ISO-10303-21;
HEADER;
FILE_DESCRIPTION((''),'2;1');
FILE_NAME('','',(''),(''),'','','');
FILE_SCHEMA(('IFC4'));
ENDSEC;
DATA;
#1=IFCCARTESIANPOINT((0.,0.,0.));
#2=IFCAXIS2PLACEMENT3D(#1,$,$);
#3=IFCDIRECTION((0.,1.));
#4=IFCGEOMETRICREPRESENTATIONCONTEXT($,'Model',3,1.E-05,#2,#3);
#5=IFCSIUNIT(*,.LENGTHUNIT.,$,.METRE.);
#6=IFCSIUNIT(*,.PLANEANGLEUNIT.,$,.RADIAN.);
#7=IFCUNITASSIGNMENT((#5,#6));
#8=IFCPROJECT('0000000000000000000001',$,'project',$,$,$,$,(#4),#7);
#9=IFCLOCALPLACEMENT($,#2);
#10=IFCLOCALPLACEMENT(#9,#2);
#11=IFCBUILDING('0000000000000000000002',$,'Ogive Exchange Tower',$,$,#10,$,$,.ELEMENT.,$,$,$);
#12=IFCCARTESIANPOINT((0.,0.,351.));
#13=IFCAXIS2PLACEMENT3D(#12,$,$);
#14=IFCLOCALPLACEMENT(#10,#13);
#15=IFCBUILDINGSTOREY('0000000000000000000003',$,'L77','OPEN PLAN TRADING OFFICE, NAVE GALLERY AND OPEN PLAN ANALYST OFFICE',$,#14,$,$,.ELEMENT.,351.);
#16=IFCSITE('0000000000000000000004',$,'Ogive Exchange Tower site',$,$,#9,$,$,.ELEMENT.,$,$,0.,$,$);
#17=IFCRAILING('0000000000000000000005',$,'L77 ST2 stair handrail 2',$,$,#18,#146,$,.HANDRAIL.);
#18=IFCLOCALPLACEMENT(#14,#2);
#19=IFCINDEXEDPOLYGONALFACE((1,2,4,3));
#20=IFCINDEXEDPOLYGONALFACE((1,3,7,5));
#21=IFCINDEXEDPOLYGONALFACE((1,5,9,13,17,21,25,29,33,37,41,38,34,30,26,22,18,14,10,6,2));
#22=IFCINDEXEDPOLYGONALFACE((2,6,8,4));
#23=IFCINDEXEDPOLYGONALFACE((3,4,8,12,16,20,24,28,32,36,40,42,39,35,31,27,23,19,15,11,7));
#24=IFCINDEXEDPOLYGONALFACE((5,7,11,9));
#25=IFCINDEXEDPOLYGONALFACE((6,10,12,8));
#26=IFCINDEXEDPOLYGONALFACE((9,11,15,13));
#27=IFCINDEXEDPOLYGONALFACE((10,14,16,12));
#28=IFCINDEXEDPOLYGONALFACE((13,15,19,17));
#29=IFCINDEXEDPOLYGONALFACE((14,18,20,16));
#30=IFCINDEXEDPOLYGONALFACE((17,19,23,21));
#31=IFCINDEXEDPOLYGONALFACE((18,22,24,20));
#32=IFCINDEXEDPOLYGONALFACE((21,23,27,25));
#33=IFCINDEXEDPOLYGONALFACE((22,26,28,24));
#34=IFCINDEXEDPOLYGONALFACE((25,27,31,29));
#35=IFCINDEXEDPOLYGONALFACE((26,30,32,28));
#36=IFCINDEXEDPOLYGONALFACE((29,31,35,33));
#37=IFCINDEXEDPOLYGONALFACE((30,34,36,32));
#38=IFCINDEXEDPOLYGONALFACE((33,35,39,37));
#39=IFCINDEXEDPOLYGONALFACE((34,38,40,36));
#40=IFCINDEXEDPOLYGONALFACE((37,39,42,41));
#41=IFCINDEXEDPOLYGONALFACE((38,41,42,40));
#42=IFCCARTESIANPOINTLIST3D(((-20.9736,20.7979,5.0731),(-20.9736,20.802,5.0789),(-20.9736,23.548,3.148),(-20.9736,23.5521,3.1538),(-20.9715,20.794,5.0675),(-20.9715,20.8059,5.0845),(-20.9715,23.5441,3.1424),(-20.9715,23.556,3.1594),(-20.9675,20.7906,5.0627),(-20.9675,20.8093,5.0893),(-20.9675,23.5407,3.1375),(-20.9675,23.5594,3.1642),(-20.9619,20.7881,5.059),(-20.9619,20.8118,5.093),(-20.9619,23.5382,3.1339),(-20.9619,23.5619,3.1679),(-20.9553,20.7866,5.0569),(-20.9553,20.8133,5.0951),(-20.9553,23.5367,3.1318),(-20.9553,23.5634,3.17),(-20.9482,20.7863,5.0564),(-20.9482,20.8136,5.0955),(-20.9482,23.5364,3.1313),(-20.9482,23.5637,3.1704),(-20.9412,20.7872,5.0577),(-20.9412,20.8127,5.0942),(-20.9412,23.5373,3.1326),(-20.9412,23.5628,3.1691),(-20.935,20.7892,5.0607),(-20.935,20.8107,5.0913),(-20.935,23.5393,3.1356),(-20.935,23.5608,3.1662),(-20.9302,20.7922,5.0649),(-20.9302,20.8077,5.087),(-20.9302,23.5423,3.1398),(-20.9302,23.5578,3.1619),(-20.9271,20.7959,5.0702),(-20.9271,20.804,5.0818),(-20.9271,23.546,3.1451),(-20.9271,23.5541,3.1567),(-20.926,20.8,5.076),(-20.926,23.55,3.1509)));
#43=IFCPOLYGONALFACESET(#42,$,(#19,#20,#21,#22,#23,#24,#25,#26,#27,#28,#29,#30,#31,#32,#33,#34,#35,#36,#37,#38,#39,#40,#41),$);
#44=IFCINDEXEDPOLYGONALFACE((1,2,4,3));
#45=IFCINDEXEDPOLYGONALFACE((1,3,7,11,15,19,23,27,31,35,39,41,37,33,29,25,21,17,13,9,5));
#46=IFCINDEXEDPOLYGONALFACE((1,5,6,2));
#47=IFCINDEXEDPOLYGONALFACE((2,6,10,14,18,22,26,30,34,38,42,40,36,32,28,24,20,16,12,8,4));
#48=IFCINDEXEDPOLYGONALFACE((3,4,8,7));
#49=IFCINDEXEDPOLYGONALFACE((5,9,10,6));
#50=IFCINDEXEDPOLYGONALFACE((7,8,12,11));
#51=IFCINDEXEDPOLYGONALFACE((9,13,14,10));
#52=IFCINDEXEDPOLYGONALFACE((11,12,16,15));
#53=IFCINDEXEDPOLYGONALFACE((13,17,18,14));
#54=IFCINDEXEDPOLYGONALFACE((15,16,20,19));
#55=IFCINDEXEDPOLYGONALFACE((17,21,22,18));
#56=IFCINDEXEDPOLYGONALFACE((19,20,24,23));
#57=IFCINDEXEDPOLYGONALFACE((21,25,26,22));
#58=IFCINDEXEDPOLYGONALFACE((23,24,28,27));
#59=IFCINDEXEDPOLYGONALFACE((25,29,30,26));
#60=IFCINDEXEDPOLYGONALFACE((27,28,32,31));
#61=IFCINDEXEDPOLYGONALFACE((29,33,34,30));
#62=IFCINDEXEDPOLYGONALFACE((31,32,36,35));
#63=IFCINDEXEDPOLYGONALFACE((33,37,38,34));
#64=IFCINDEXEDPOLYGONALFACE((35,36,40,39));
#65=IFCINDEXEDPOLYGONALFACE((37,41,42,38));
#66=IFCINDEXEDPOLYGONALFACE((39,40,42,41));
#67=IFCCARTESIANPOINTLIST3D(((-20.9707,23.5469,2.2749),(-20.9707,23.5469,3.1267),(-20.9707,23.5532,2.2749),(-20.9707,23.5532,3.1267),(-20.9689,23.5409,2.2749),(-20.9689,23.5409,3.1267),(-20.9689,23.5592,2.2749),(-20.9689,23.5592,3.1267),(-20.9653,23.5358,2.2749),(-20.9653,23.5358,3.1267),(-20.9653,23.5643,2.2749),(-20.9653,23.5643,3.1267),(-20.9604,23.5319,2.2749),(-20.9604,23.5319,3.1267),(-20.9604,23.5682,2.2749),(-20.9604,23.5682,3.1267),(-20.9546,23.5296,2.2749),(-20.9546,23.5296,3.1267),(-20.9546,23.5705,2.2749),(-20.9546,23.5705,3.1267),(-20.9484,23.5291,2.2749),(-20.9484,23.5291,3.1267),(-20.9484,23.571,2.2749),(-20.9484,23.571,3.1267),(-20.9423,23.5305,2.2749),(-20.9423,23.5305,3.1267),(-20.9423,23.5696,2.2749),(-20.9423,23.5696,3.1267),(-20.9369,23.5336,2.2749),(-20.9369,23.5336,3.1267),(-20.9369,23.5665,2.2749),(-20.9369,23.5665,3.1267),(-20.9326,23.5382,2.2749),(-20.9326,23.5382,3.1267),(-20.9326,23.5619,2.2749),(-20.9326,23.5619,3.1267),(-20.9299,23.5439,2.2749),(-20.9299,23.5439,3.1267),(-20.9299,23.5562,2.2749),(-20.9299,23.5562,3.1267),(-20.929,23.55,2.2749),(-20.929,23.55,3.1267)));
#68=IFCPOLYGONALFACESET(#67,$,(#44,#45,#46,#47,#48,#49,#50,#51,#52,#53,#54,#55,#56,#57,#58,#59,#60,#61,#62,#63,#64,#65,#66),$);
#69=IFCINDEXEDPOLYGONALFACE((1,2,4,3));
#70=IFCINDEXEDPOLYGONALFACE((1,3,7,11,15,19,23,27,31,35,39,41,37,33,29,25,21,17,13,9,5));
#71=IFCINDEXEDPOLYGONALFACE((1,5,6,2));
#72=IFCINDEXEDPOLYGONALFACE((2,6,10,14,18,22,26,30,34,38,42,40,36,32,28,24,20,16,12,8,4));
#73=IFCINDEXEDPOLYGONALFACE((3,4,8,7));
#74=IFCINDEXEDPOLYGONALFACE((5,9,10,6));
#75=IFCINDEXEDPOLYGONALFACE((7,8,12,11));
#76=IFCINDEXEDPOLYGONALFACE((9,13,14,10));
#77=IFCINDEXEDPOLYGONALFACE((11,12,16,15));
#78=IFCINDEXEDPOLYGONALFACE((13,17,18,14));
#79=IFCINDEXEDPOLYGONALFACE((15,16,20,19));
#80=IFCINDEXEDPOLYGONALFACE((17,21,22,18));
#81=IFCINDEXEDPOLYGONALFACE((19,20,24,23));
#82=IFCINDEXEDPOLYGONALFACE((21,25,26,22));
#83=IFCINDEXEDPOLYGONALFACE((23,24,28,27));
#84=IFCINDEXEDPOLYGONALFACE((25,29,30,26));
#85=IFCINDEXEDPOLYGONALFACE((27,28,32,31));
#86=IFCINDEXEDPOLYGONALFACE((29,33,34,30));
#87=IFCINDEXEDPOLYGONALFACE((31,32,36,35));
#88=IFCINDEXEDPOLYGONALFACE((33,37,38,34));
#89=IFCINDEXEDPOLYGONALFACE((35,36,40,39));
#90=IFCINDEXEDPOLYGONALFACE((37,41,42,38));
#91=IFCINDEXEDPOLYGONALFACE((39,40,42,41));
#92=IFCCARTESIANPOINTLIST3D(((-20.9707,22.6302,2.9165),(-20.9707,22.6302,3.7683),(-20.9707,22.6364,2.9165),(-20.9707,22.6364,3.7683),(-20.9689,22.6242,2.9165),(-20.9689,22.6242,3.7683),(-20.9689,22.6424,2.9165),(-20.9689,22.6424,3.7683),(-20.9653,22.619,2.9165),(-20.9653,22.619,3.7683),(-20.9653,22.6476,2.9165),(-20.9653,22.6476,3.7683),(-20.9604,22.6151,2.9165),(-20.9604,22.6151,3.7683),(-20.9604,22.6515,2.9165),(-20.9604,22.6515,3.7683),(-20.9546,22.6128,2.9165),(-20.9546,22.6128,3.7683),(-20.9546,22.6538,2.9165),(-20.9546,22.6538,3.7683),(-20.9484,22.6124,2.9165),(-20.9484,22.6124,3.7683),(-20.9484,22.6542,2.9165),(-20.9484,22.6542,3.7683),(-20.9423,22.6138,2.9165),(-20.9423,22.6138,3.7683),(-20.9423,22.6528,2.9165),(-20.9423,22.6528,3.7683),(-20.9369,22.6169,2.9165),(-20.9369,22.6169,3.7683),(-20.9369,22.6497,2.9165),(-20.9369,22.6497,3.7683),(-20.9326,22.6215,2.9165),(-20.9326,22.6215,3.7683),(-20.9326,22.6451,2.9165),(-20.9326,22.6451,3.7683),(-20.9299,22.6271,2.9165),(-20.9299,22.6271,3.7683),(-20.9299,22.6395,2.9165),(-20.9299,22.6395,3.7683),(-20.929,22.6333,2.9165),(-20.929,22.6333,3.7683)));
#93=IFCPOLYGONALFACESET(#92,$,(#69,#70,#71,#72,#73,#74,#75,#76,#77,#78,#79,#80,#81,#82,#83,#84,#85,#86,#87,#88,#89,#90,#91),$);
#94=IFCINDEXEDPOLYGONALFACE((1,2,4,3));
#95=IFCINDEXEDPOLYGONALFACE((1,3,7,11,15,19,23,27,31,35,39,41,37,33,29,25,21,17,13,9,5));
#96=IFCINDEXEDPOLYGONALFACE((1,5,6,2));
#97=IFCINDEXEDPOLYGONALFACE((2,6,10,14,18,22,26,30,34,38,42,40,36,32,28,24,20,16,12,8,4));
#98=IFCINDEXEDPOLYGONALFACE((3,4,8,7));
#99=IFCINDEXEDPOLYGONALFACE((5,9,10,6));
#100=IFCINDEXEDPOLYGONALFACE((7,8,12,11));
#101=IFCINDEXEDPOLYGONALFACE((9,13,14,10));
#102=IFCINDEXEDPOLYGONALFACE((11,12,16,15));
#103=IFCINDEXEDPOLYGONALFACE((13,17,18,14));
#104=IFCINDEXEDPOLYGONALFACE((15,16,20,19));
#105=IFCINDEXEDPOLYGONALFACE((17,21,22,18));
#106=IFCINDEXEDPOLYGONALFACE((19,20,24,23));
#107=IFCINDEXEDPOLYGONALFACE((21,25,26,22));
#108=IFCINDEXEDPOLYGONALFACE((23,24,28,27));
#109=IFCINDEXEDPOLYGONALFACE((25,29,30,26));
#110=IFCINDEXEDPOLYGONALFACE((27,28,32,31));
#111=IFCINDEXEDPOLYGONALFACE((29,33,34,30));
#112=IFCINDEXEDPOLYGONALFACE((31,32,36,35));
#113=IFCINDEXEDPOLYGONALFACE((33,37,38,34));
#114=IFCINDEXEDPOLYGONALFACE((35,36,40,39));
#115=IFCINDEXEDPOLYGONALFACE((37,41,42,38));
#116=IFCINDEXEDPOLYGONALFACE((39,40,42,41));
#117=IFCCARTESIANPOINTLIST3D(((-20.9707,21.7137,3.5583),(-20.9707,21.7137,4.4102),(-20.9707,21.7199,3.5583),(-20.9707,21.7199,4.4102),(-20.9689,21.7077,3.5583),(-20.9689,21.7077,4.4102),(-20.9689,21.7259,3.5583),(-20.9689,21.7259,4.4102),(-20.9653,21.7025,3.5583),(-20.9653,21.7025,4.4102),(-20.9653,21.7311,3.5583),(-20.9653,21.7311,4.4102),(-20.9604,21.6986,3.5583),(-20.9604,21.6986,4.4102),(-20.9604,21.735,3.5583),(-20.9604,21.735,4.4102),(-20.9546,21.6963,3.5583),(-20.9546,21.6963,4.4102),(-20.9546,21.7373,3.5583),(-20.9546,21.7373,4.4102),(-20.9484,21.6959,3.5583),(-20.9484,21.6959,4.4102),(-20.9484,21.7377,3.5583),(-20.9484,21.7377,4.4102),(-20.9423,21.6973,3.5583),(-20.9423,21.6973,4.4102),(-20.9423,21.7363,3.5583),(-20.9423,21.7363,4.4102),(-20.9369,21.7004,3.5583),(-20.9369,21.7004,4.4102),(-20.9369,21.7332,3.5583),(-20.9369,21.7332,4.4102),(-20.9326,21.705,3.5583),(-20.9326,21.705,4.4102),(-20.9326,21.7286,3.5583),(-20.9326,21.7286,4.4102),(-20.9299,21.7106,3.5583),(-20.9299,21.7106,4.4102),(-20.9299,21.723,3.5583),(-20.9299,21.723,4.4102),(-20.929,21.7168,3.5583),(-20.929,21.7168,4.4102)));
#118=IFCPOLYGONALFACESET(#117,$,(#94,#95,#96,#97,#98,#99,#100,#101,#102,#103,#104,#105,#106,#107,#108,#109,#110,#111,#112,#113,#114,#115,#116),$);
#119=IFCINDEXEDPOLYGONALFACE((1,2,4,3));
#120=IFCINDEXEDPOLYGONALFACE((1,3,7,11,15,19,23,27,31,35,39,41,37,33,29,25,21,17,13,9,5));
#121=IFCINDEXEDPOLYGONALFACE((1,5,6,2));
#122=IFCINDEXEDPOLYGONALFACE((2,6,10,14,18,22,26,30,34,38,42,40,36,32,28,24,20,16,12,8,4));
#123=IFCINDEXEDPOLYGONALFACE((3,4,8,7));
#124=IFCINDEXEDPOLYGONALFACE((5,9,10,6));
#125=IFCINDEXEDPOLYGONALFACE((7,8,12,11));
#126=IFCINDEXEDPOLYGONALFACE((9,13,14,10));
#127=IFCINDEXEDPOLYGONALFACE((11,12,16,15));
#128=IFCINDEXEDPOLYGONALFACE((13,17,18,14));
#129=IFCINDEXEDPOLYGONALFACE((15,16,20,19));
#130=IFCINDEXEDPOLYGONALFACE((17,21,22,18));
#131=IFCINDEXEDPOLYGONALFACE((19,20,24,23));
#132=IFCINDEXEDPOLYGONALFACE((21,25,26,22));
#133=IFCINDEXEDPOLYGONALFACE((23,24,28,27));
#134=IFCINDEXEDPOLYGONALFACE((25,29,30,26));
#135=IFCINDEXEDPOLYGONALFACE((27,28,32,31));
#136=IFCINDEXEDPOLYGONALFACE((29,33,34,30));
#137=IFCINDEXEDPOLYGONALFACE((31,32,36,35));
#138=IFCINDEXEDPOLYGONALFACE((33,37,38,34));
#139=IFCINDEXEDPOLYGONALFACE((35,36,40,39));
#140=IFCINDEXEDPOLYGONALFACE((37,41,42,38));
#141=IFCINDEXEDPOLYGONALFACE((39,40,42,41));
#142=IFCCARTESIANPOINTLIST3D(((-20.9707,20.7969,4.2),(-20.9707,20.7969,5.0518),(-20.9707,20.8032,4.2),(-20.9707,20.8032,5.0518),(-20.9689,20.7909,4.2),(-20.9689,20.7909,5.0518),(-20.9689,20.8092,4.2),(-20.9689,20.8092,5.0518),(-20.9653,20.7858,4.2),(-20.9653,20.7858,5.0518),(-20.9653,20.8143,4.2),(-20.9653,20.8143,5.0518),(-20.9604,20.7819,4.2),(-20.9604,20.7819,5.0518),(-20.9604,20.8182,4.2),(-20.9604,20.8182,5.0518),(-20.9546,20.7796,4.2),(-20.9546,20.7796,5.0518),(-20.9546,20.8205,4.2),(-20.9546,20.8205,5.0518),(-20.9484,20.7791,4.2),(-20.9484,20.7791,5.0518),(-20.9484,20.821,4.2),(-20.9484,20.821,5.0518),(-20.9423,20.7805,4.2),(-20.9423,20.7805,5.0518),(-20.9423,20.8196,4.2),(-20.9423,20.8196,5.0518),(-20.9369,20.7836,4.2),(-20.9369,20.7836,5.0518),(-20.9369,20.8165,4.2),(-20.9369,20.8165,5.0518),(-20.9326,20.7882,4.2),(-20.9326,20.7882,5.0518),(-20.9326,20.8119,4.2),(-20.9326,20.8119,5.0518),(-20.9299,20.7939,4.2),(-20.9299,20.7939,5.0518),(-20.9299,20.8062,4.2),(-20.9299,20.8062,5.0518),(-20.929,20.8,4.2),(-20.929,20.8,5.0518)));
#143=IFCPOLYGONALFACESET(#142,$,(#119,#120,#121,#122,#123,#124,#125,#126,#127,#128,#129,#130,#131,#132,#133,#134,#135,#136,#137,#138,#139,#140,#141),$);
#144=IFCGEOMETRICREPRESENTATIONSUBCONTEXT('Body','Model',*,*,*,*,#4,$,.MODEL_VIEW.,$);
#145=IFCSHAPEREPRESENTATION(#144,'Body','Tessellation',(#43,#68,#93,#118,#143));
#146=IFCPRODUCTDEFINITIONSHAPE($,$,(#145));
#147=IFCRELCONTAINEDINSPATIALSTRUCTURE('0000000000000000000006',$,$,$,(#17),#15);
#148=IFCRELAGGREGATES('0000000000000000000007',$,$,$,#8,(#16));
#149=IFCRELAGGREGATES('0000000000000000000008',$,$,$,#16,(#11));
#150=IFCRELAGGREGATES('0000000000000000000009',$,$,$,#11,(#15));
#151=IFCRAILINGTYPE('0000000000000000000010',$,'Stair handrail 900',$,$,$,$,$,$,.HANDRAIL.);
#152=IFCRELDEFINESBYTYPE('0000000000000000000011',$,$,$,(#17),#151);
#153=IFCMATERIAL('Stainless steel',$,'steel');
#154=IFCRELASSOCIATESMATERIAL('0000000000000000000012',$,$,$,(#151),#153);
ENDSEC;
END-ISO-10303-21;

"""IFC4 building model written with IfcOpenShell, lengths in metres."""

from ifc_helpers import new_model, si_unit, direction, frame, origin, origin_2d, place, context, subcontext, project, spatial, circle, extrude, material, type_object, element, save


model = new_model("IFC4")

# Units and contexts
model_context = context("Model", 3, precision=1e-05, world=origin(), true_north=direction((0.0, 1.0)))
body_context = subcontext(model_context, "Body", "Model", "MODEL_VIEW")
ifc_project = project(units=[si_unit("LENGTHUNIT", "METRE"), si_unit("PLANEANGLEUNIT", "RADIAN")], contexts=[model_context])

# Site, building, storey
site_placement = place(None, origin())
site = spatial("IfcSite", under=ifc_project, at=site_placement, Name="Ogive Exchange Tower site", CompositionType="ELEMENT", RefElevation=0.0)
building_placement = place(site_placement, origin())
building = spatial("IfcBuilding", under=site, at=building_placement, Name="Ogive Exchange Tower", CompositionType="ELEMENT")
storey_placement = place(building_placement, frame((0.0, 0.0, 351.0)))
storey = spatial("IfcBuildingStorey", under=building, at=storey_placement, Name="L77", Description="OPEN PLAN TRADING OFFICE, NAVE GALLERY AND OPEN PLAN ANALYST OFFICE", CompositionType="ELEMENT", Elevation=351.0)

# Railing
ifc_material_1 = material(Name="Stainless steel", Category="steel")
railing_type = type_object("IfcRailingType", Name="Stair handrail 900", PredefinedType="HANDRAIL", material=ifc_material_1)
railing_1_placement = place(storey_placement, frame((-20.95, 23.55, 2.2749)))
element("IfcRailing", 1, at=railing_1_placement, inside=storey, type_object=railing_type, Name="L77 ST2 stair handrail 2", PredefinedType="HANDRAIL", context=body_context, shape_type="SweptSolid", body=[
    extrude(circle(Radius=0.0239, at=origin_2d()), frame((0.0, 0.0, 0.876), z_axis=(0.0, -0.819225, 0.573472), x_axis=(1.0, 0.0, 0.0)), (0.0, 0.0, 1.0), 3.3569),
    extrude(circle(Radius=0.021, at=origin_2d()), origin(), (0.0, 0.0, 1.0), 0.8518),
    extrude(circle(Radius=0.021, at=origin_2d()), frame((0.0, -0.9167, 0.6416)), (0.0, 0.0, 1.0), 0.8518),
    extrude(circle(Radius=0.021, at=origin_2d()), frame((0.0, -1.8333, 1.2834)), (0.0, 0.0, 1.0), 0.8518),
    extrude(circle(Radius=0.021, at=origin_2d()), frame((0.0, -2.75, 1.925)), (0.0, 0.0, 1.0), 0.8518),
])

save(model, "model.ifc")
